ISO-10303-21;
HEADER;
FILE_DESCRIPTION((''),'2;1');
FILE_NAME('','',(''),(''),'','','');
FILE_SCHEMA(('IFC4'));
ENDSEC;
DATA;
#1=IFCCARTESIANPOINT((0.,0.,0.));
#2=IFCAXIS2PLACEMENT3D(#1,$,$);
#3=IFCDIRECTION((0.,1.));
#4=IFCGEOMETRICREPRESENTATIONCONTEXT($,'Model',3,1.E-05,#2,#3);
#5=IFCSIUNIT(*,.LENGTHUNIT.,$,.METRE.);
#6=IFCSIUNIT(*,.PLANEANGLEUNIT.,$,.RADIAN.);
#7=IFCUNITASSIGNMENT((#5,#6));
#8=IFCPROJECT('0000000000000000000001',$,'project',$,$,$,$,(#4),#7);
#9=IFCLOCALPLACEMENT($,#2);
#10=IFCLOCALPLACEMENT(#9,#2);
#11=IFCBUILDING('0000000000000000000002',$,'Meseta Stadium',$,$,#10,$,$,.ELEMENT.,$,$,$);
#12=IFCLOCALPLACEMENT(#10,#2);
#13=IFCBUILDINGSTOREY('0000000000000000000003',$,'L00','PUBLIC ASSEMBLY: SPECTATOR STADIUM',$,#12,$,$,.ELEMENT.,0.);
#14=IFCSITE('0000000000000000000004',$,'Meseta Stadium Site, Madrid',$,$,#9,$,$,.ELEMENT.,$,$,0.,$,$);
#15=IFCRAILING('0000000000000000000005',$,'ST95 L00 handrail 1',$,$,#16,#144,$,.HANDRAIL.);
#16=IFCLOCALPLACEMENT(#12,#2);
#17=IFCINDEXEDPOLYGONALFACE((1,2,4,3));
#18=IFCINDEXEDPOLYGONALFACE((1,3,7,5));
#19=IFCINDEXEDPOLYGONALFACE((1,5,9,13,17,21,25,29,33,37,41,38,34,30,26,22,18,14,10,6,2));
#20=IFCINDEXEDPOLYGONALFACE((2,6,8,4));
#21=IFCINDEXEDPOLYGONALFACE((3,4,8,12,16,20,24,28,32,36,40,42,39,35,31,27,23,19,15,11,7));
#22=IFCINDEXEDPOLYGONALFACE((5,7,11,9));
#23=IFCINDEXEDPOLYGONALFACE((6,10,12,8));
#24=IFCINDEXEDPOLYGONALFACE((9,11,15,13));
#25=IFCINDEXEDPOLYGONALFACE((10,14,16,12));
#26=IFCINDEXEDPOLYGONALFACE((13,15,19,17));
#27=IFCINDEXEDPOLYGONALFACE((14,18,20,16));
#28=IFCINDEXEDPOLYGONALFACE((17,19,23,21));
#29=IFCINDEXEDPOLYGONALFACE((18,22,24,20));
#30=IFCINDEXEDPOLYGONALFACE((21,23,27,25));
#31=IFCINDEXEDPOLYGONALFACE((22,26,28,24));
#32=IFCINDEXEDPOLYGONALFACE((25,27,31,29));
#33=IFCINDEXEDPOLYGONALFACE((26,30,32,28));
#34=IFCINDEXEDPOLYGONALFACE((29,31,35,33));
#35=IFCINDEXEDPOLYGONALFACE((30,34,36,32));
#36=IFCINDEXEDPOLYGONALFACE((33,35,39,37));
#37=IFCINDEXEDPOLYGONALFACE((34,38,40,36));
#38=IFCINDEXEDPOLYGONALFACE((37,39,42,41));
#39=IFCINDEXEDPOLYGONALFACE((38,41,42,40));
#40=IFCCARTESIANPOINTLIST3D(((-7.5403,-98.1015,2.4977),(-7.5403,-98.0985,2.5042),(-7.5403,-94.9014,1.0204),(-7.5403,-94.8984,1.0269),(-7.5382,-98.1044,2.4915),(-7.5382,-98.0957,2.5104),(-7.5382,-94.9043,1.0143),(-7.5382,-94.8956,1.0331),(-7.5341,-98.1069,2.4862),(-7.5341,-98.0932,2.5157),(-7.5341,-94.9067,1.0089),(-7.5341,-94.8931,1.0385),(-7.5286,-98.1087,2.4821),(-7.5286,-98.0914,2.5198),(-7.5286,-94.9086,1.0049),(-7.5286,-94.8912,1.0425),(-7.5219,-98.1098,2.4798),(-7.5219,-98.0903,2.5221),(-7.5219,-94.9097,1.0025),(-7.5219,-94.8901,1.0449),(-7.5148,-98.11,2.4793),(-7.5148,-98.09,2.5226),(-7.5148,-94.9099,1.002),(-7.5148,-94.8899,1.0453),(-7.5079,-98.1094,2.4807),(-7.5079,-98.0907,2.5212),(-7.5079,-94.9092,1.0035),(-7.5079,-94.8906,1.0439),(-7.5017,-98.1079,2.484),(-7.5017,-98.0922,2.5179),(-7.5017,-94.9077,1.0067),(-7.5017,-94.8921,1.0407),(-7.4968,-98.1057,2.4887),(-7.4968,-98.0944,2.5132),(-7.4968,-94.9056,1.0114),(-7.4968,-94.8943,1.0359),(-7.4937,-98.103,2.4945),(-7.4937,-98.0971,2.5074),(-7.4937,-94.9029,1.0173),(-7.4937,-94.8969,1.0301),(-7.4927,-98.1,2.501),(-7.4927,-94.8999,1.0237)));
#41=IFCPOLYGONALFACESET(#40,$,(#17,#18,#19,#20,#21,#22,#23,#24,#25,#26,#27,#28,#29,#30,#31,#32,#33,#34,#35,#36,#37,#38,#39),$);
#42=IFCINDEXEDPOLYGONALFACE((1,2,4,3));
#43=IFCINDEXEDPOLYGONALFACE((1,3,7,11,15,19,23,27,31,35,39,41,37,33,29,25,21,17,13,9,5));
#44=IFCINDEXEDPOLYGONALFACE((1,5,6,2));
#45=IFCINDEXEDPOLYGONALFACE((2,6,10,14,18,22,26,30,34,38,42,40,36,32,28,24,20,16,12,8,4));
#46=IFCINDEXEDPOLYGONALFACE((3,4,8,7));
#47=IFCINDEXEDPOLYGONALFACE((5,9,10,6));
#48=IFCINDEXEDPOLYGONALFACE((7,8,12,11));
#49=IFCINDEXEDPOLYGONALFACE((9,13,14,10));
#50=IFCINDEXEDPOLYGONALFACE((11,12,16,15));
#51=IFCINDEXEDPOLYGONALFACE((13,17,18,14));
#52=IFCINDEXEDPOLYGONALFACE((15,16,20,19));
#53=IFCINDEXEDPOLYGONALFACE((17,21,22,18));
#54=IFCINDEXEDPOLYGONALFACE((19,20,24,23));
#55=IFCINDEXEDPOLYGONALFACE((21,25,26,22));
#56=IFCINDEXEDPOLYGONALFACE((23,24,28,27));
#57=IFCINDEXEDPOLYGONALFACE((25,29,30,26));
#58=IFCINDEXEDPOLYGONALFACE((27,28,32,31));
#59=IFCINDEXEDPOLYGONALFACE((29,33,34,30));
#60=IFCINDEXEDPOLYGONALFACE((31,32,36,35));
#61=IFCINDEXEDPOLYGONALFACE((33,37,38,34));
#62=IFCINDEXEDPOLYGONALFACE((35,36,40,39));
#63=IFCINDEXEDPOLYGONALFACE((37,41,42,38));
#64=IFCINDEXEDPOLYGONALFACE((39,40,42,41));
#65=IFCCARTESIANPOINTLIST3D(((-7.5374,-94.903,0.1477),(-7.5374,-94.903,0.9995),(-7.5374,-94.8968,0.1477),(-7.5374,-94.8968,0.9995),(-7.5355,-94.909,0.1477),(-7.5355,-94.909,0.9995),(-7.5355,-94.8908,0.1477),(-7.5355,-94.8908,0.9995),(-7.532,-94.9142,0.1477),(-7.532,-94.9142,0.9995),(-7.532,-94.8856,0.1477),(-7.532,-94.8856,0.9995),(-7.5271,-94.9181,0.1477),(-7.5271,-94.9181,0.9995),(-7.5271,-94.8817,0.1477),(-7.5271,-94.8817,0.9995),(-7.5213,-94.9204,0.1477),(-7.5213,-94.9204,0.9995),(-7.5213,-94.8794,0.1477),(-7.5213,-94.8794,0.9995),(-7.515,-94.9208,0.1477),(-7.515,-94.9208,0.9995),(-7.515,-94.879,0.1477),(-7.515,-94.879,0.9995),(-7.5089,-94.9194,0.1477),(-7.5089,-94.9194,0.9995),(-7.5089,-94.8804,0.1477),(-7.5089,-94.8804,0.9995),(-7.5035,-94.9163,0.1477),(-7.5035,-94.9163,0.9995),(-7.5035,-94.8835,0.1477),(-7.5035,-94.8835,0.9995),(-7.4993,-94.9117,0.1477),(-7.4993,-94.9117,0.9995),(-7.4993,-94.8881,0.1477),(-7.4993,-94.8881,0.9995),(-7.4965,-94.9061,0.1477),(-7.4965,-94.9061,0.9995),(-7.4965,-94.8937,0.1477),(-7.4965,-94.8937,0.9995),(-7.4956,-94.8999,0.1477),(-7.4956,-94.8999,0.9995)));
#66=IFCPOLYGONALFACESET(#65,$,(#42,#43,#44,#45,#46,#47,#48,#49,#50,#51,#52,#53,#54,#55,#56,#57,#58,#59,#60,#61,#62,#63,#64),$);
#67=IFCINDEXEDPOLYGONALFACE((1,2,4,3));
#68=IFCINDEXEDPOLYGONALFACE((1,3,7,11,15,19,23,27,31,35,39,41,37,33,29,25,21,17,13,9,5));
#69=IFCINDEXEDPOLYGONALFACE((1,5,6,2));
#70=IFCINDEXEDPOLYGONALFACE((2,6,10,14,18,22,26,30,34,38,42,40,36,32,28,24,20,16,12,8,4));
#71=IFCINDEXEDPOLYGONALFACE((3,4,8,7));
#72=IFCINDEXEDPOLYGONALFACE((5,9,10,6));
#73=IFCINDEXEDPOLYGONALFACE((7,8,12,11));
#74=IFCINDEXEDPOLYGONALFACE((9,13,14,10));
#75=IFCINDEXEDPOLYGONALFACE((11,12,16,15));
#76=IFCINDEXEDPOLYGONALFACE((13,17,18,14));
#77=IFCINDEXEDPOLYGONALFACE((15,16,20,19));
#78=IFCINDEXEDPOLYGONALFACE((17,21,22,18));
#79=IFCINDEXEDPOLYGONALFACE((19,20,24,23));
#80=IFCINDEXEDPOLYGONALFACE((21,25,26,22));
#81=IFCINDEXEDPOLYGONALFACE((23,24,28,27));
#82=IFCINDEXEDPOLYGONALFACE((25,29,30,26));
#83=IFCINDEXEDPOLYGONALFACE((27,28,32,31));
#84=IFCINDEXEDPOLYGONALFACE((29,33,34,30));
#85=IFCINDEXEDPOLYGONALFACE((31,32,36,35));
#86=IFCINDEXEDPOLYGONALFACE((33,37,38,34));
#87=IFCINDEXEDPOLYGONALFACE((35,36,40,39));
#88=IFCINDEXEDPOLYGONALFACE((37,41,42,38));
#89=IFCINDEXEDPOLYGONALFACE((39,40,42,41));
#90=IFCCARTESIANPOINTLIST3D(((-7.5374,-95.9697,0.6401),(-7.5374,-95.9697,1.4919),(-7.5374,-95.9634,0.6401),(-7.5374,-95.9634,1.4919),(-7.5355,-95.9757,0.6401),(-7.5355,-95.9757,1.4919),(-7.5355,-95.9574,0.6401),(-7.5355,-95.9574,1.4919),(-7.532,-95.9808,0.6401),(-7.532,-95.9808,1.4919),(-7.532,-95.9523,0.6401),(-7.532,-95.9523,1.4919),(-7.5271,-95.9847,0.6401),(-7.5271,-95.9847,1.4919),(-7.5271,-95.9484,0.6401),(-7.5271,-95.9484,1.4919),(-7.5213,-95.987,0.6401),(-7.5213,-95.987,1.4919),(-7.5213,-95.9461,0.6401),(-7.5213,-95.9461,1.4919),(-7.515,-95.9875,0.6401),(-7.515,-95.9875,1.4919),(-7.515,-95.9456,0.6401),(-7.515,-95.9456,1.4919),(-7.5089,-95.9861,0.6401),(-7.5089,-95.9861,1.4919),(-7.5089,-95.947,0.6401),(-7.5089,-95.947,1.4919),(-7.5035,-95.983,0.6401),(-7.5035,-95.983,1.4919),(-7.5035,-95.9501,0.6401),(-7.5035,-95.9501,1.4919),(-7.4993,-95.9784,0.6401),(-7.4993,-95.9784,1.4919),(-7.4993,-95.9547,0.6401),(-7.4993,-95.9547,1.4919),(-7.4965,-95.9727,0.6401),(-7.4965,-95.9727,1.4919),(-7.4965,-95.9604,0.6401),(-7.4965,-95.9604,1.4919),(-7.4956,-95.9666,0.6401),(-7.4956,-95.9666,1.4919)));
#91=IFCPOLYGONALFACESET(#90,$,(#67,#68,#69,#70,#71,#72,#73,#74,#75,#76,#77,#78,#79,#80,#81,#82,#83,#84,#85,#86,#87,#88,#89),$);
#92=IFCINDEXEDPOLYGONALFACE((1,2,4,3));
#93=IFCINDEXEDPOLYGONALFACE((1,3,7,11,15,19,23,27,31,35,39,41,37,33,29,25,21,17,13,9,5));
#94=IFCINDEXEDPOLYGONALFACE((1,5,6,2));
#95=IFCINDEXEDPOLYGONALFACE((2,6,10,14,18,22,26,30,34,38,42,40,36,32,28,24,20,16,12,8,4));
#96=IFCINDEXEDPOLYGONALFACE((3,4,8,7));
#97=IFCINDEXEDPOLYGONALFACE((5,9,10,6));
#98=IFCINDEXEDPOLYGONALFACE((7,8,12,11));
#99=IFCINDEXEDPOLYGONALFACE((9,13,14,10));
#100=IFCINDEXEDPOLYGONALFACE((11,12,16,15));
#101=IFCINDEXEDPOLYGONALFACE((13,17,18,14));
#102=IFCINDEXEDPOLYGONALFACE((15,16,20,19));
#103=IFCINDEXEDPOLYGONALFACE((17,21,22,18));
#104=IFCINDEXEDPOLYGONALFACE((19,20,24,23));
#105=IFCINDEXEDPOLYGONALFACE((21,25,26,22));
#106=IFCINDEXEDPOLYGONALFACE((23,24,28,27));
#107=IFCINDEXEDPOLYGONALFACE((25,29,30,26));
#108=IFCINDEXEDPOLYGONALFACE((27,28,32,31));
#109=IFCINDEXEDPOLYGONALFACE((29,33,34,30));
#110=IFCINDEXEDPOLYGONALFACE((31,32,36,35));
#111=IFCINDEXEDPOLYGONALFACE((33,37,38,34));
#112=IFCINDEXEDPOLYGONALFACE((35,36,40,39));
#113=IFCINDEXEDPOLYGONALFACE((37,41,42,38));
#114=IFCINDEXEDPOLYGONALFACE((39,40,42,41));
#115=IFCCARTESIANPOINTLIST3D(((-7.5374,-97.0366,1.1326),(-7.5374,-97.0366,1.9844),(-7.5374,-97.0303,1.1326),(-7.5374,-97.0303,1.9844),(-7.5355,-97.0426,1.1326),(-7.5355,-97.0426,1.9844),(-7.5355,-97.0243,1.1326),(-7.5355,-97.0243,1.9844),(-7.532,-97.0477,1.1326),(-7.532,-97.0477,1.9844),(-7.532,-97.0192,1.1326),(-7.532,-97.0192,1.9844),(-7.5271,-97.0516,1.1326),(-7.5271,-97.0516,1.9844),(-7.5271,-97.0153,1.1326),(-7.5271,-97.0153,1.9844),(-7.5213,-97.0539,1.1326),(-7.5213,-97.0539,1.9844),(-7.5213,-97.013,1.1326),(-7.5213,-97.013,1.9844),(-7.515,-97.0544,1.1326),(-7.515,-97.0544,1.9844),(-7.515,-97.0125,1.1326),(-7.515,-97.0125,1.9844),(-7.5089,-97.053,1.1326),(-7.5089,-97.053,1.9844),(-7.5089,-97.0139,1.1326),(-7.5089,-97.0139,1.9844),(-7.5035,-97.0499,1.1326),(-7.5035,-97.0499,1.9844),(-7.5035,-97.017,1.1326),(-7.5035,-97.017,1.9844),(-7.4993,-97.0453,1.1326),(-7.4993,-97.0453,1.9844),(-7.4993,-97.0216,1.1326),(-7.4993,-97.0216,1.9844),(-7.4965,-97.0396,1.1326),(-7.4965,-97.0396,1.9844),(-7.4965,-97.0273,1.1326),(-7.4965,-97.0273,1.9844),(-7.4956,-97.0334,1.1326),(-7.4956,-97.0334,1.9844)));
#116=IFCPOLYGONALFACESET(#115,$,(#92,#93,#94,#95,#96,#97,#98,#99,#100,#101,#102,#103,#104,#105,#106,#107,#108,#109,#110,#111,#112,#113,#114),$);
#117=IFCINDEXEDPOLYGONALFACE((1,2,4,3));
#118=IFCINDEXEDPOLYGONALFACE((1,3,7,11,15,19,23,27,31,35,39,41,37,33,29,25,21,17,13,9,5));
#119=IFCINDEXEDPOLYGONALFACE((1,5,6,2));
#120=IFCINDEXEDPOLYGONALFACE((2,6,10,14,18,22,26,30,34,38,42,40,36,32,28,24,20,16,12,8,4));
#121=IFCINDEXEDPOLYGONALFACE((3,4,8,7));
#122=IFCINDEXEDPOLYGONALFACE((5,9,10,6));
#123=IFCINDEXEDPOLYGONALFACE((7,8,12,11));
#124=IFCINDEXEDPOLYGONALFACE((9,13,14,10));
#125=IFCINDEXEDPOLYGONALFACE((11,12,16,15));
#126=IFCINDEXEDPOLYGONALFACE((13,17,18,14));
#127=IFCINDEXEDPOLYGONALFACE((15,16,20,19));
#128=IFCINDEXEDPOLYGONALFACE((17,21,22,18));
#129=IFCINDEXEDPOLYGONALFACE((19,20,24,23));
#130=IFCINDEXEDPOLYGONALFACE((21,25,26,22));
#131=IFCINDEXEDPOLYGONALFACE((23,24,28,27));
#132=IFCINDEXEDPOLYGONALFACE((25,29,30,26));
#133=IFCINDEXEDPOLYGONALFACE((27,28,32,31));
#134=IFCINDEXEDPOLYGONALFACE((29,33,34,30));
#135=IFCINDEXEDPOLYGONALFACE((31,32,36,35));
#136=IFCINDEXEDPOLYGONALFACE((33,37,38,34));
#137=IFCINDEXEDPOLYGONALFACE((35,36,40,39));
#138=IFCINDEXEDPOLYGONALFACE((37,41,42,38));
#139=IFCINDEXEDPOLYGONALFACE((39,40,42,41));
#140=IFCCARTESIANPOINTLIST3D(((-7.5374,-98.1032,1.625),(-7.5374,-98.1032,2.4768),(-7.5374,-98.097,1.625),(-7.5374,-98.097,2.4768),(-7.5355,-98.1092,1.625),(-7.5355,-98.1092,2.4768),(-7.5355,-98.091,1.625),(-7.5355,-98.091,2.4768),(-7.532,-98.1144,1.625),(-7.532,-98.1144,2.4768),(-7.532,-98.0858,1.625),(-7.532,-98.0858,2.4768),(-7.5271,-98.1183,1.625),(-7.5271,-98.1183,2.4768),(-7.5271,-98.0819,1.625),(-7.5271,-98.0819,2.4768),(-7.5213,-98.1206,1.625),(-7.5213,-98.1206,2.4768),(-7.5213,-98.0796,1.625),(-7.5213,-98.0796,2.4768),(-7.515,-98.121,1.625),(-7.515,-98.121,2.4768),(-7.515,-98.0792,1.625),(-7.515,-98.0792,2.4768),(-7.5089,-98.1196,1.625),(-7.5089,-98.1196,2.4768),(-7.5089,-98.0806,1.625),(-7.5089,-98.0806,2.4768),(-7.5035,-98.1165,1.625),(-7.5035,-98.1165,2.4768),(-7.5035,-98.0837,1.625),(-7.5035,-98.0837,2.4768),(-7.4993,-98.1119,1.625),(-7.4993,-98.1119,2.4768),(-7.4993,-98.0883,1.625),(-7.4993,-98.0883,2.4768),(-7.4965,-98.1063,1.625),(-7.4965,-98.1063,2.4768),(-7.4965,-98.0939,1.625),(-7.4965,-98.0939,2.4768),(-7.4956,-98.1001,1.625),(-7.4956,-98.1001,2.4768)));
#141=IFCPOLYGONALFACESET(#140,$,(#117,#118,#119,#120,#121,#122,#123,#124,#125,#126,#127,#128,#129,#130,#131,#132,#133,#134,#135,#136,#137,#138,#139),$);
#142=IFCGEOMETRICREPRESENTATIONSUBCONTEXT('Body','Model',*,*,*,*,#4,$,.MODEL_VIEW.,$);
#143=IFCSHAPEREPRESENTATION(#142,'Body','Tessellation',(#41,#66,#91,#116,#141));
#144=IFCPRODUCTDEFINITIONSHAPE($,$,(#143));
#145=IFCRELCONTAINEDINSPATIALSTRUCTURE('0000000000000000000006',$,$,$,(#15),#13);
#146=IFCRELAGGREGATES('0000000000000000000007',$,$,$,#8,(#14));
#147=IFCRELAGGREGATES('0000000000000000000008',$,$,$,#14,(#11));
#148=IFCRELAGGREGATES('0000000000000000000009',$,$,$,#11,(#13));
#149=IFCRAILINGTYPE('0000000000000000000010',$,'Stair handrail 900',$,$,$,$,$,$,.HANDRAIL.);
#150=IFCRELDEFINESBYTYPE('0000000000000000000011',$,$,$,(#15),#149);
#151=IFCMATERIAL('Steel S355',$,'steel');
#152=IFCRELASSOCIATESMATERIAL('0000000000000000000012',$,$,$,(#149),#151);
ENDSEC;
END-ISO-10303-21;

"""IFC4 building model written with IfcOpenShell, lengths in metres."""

from ifc_helpers import new_model, si_unit, direction, frame, origin, origin_2d, place, context, subcontext, project, spatial, circle, extrude, material, type_object, element, save


model = new_model("IFC4")

# Units and contexts
model_context = context("Model", 3, precision=1e-05, world=origin(), true_north=direction((0.0, 1.0)))
body_context = subcontext(model_context, "Body", "Model", "MODEL_VIEW")
ifc_project = project(units=[si_unit("LENGTHUNIT", "METRE"), si_unit("PLANEANGLEUNIT", "RADIAN")], contexts=[model_context])

# Site, building, storey
site_placement = place(None, origin())
site = spatial("IfcSite", under=ifc_project, at=site_placement, Name="Meseta Stadium Site, Madrid", CompositionType="ELEMENT", RefElevation=0.0)
building_placement = place(site_placement, origin())
building = spatial("IfcBuilding", under=site, at=building_placement, Name="Meseta Stadium", CompositionType="ELEMENT")
storey_placement = place(building_placement, origin())
storey = spatial("IfcBuildingStorey", under=building, at=storey_placement, Name="L00", Description="PUBLIC ASSEMBLY: SPECTATOR STADIUM", CompositionType="ELEMENT", Elevation=0.0)

# Railing
ifc_material_1 = material(Name="Steel S355", Category="steel")
railing_type_1 = type_object("IfcRailingType", Name="Stair handrail 900", PredefinedType="HANDRAIL", material=ifc_material_1)
railing_1_placement = place(storey_placement, frame((-7.5166, -94.8999, 0.1477)))
element("IfcRailing", 1, at=railing_1_placement, inside=storey, type_object=railing_type_1, Name="ST95 L00 handrail 1", PredefinedType="HANDRAIL", context=body_context, shape_type="SweptSolid", body=[
    extrude(circle(Radius=0.0239, at=origin_2d()), frame((0.0, 0.0, 0.876), z_axis=(0.0, -0.907929, 0.419124), x_axis=(1.0, 0.0, 0.0)), (0.0, 0.0, 1.0), 3.5247),
    extrude(circle(Radius=0.021, at=origin_2d()), origin(), (0.0, 0.0, 1.0), 0.8518),
    extrude(circle(Radius=0.021, at=origin_2d()), frame((0.0, -1.0667, 0.4924)), (0.0, 0.0, 1.0), 0.8518),
    extrude(circle(Radius=0.021, at=origin_2d()), frame((0.0, -2.1335, 0.9849)), (0.0, 0.0, 1.0), 0.8518),
    extrude(circle(Radius=0.021, at=origin_2d()), frame((0.0, -3.2002, 1.4773)), (0.0, 0.0, 1.0), 0.8518),
])

save(model, "model.ifc")
